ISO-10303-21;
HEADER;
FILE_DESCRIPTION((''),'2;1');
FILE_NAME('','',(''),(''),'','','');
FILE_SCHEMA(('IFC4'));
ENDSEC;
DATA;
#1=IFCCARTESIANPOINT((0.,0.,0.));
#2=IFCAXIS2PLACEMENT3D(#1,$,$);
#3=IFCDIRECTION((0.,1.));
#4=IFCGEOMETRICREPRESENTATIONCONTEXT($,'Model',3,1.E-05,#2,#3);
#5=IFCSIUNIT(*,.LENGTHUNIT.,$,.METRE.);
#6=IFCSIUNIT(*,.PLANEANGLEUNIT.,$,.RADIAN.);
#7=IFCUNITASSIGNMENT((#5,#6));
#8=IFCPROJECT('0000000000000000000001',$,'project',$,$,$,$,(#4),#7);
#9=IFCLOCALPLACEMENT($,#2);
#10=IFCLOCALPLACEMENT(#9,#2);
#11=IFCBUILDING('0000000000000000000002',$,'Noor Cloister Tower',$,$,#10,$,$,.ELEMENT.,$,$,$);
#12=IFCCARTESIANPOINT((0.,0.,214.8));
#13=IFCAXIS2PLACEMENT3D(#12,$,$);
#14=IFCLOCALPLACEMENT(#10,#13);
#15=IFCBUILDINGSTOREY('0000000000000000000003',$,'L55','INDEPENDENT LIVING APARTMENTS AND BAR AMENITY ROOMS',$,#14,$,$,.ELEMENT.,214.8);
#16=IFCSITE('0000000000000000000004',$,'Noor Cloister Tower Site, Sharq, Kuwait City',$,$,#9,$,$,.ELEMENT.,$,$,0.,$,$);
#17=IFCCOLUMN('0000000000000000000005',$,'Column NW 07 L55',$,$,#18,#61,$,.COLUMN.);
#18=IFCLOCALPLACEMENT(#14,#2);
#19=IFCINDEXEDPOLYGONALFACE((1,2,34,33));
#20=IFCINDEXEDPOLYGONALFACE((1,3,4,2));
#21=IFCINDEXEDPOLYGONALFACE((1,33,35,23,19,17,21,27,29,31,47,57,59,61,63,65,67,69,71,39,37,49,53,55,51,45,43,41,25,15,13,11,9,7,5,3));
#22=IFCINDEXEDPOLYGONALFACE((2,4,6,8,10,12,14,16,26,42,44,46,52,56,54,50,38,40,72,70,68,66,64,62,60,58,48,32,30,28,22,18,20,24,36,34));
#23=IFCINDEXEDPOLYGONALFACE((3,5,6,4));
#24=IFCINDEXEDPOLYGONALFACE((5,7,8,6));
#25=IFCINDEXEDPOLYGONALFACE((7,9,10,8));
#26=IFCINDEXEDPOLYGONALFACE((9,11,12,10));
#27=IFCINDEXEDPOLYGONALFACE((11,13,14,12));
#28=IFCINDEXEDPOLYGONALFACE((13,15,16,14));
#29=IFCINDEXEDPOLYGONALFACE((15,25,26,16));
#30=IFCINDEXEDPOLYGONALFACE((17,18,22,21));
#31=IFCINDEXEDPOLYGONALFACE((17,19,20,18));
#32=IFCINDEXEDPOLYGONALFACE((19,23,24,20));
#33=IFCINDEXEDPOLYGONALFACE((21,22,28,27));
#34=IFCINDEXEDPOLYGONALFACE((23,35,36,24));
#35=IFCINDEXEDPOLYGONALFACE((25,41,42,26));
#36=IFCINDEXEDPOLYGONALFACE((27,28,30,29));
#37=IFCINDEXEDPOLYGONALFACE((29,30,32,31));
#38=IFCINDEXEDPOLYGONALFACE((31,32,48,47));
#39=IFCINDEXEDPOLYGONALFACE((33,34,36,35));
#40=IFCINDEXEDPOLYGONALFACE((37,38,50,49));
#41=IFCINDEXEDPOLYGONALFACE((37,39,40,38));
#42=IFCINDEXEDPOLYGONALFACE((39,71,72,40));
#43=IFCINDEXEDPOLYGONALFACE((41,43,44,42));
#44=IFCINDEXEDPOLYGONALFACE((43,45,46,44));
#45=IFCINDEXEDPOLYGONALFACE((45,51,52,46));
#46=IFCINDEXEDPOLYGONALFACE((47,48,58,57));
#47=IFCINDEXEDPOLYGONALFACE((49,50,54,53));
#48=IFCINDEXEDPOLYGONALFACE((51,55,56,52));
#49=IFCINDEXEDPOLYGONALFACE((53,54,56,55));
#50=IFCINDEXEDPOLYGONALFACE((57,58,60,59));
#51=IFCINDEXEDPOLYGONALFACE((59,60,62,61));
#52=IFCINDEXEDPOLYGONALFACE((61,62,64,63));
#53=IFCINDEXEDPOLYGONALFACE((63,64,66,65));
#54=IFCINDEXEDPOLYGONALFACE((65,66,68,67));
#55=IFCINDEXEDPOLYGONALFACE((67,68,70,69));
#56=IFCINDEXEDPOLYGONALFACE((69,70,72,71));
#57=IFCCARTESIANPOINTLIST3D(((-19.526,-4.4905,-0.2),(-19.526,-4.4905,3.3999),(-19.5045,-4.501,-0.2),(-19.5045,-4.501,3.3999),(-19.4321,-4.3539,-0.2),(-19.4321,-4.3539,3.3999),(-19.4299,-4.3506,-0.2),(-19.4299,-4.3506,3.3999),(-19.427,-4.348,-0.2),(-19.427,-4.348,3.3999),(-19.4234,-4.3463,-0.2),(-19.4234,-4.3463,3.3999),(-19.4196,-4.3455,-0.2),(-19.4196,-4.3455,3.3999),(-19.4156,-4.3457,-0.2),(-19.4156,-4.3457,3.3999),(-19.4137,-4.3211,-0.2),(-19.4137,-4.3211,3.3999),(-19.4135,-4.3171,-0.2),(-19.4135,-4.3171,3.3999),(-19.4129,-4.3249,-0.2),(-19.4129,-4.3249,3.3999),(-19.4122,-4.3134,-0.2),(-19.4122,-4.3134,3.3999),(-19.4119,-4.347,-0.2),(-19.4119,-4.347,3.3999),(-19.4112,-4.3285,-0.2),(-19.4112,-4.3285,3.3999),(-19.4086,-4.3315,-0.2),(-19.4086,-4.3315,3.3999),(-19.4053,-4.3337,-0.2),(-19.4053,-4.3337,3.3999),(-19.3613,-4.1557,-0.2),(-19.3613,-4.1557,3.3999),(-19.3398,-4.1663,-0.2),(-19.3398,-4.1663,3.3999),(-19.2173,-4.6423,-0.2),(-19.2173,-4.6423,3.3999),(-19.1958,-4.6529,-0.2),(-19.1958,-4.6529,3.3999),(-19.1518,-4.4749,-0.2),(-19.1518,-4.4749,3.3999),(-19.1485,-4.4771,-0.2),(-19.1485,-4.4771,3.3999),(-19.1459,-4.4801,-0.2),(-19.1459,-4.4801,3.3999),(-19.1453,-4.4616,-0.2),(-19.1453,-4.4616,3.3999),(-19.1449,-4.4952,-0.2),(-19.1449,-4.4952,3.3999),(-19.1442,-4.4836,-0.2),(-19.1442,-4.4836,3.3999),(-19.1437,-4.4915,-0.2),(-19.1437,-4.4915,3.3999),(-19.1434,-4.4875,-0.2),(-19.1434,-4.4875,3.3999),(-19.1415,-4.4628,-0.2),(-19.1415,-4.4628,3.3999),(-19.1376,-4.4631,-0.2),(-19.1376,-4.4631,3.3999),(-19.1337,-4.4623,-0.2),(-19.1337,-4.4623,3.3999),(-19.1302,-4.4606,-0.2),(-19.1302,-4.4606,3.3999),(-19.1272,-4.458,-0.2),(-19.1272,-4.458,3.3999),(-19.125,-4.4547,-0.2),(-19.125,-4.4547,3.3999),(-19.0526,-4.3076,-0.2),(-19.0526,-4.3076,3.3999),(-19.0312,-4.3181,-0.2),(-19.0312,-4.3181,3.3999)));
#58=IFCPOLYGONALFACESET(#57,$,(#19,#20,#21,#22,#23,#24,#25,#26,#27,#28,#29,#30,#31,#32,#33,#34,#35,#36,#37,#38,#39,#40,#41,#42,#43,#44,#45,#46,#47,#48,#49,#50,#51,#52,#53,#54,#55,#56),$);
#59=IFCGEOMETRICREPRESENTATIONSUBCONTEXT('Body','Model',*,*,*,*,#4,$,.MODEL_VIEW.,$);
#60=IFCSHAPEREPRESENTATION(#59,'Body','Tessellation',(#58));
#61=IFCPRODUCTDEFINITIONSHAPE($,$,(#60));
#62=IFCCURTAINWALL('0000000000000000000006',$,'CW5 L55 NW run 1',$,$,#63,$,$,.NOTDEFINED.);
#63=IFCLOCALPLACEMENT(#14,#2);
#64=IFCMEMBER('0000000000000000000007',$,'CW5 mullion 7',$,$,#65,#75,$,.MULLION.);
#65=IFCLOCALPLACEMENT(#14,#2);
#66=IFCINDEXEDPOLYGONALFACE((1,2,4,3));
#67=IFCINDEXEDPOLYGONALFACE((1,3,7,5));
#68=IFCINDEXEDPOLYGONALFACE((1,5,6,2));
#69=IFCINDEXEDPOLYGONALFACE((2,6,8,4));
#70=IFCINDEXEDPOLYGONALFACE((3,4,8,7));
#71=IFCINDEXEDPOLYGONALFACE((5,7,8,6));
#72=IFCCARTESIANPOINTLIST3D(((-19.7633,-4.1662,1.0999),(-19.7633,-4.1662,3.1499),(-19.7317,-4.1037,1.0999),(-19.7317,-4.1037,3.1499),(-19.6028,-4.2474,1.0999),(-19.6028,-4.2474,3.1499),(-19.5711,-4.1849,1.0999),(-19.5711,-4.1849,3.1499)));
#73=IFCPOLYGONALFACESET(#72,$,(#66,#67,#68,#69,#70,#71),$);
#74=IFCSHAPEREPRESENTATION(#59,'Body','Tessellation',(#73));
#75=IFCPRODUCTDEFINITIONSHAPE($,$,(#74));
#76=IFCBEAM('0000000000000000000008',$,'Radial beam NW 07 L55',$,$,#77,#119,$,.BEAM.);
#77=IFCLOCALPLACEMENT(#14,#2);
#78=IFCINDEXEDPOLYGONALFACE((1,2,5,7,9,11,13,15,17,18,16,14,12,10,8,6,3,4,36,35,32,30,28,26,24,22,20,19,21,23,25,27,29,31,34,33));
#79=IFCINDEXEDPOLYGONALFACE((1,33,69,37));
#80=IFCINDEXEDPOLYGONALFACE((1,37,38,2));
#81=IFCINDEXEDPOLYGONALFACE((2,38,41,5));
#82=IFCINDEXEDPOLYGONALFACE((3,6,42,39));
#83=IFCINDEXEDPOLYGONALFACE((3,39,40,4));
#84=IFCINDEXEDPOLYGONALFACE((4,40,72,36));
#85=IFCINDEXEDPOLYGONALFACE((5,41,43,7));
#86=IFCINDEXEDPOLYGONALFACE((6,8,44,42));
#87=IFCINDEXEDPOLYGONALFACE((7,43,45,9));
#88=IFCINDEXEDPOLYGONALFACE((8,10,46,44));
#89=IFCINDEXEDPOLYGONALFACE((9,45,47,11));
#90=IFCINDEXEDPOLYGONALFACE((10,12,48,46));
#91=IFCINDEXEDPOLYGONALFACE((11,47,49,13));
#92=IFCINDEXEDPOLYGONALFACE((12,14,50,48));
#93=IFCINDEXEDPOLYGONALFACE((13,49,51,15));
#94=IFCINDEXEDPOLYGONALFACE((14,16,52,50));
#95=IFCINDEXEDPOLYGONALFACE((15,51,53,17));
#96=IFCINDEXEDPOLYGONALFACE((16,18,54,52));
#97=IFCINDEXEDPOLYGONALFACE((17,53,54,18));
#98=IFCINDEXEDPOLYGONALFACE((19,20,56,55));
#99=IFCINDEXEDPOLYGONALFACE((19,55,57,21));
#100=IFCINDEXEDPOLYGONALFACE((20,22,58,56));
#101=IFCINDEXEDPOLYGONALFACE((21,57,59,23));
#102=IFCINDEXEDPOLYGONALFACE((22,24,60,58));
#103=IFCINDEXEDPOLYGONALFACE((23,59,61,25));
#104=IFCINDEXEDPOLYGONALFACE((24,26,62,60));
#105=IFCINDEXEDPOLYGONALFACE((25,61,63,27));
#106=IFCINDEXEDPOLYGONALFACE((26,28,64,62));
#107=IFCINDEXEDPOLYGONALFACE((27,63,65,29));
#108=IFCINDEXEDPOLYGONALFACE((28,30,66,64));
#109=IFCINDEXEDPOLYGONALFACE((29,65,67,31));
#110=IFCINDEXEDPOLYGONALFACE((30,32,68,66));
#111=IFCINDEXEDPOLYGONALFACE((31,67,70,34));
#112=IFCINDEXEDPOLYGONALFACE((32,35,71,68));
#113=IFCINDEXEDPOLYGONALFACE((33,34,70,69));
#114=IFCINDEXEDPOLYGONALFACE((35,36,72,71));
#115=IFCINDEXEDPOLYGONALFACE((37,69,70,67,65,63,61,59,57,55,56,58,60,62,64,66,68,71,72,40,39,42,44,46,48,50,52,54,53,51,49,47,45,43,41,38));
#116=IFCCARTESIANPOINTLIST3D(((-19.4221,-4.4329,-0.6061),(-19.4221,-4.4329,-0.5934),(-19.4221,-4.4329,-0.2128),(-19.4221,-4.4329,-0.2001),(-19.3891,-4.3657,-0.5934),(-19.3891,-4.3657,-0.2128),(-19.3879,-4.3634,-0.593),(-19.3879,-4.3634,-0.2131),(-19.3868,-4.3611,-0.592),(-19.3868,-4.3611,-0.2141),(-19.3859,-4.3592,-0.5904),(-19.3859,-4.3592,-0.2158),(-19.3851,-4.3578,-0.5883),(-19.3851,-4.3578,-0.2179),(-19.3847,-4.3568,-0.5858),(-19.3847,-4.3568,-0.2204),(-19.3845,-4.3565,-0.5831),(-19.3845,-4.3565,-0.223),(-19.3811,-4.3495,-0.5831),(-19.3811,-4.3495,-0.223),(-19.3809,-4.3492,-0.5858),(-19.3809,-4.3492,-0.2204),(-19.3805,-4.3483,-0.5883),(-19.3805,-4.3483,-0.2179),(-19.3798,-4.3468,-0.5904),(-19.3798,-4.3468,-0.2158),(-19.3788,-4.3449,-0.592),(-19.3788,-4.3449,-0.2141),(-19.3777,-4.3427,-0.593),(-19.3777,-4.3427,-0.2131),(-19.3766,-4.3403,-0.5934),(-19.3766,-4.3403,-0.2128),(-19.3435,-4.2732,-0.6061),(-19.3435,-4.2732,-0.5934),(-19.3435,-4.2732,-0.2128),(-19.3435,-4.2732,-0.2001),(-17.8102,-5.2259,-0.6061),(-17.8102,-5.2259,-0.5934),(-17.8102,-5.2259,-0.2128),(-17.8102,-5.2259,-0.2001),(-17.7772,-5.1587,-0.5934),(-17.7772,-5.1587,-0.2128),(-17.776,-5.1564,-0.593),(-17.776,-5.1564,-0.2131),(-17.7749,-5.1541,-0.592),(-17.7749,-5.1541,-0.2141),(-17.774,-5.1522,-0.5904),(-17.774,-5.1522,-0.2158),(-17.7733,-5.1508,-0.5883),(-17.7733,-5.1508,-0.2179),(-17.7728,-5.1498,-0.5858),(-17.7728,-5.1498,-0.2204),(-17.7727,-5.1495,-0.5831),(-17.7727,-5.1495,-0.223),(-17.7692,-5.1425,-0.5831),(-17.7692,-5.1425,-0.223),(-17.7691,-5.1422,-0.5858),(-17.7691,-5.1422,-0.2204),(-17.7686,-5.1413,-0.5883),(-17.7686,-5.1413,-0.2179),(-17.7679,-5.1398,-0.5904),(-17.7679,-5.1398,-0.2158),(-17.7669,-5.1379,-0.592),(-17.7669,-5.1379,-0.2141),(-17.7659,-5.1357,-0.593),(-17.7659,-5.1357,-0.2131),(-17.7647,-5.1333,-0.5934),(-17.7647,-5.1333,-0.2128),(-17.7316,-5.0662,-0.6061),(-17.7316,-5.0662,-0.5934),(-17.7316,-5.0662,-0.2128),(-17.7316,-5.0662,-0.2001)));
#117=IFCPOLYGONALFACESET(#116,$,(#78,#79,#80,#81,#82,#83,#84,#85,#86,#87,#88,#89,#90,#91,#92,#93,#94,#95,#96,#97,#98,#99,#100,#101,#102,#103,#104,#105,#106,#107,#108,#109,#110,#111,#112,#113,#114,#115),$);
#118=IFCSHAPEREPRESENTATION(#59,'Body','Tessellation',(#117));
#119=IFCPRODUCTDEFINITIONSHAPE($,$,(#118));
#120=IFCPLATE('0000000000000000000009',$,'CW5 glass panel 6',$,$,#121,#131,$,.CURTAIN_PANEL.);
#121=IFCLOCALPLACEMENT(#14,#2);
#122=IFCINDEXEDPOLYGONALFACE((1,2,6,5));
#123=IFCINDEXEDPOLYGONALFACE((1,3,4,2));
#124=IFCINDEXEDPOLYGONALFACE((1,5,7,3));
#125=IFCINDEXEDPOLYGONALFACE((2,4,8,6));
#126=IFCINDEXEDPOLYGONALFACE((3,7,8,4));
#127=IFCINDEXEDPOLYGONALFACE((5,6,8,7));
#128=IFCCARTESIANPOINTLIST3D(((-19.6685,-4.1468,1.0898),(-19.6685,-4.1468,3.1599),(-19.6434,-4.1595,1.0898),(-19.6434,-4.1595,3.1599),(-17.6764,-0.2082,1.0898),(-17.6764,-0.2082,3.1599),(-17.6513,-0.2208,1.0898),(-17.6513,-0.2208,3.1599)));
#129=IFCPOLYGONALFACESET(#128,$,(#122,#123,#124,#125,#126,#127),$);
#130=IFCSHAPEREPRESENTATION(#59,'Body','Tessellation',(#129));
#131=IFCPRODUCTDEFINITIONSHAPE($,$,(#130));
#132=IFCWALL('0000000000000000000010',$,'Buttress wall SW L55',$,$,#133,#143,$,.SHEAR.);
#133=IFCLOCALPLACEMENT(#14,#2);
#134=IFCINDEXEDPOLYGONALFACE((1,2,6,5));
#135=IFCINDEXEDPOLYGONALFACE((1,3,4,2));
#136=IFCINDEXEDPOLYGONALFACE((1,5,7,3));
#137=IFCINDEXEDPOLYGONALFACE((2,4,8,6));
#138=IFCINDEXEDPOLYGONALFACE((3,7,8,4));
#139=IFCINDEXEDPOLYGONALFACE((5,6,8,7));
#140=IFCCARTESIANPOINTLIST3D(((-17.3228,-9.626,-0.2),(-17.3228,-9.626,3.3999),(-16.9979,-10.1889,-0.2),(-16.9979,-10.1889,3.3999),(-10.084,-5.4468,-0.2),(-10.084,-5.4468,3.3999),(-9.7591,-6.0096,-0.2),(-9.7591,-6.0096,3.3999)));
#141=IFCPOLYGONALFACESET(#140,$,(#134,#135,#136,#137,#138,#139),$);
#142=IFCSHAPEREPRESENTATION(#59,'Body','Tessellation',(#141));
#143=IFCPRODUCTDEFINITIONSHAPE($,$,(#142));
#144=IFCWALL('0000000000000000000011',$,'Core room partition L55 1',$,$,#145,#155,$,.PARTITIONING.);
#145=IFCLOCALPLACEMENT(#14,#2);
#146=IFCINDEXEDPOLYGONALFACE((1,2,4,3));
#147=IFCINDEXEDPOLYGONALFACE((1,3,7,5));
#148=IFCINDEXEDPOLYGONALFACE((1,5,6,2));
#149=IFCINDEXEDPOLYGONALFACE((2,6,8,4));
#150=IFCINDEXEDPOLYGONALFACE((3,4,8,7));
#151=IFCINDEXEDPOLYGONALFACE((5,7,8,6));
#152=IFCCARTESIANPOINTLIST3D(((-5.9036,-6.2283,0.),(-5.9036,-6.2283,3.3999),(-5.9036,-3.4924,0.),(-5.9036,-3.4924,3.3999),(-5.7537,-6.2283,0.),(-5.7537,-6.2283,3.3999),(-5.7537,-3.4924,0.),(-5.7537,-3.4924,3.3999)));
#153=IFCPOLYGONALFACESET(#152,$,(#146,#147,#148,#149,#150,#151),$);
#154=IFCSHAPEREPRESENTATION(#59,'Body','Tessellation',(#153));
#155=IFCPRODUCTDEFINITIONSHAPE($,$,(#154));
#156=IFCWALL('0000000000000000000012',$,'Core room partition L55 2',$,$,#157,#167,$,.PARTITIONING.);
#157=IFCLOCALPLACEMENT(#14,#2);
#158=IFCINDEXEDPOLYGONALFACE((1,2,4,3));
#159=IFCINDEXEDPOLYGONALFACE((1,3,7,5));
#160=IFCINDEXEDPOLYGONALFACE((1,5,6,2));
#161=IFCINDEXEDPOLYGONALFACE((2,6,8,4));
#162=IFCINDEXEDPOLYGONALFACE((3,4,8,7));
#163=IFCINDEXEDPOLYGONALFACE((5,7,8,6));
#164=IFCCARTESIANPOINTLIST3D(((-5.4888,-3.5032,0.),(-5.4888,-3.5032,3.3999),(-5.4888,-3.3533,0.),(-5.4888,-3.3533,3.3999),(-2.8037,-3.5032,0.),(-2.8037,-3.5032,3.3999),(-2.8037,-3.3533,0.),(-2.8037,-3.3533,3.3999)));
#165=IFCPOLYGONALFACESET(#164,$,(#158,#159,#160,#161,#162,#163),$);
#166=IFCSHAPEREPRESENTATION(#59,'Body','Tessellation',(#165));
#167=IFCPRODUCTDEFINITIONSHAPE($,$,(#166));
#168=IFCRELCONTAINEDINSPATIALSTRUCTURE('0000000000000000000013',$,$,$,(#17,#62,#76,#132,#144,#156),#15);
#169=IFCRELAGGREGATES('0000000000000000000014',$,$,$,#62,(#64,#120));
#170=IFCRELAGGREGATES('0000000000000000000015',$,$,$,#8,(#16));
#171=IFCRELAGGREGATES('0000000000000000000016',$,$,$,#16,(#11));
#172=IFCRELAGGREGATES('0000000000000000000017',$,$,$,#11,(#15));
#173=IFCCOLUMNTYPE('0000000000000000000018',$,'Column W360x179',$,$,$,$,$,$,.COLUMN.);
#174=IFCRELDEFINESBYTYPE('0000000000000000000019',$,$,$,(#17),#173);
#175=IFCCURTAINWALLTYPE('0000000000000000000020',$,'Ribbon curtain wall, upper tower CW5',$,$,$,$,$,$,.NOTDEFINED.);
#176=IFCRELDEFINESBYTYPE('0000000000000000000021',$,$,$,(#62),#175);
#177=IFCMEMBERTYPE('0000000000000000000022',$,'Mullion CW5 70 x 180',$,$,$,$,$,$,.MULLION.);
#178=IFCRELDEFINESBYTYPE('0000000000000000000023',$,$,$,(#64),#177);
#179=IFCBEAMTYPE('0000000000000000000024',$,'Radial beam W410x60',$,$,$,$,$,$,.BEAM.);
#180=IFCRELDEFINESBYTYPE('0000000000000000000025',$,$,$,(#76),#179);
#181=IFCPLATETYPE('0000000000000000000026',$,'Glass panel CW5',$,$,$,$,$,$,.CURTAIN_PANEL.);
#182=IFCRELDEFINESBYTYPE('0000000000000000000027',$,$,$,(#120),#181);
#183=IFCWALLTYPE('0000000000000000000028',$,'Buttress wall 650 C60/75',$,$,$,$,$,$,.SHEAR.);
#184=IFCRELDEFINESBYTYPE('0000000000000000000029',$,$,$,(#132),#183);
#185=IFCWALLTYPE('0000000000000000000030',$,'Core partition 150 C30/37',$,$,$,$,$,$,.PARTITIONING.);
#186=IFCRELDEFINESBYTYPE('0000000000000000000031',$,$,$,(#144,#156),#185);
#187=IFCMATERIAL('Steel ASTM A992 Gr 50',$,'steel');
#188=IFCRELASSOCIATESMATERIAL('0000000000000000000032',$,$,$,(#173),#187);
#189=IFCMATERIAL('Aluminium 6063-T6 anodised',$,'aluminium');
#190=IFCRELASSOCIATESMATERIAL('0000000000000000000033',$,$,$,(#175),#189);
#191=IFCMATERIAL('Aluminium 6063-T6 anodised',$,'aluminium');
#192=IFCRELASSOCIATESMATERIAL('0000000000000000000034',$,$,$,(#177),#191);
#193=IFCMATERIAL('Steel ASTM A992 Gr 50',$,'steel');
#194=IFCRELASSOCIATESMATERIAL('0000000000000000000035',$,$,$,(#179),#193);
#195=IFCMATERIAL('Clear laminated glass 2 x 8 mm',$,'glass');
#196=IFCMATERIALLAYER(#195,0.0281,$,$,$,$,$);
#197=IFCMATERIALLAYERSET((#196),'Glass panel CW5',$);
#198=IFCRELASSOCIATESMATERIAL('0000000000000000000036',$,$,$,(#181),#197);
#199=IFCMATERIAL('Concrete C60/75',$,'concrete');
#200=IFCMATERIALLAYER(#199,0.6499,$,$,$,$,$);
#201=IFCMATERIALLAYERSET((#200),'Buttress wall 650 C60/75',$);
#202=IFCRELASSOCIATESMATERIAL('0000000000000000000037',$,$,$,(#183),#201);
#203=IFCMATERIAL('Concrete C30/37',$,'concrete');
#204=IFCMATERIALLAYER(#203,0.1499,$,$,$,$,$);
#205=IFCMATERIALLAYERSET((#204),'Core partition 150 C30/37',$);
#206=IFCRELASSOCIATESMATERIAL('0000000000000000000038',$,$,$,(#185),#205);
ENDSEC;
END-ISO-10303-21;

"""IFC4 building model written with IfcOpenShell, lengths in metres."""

from ifc_helpers import new_model, si_unit, direction, frame, frame_2d, origin, origin_2d, place, context, subcontext, project, spatial, rectangle, i_section, extrude, material, layer, layer_set, material_profile, profile_set, type_object, element, aggregate, save


model = new_model("IFC4")

# Units and contexts
model_context = context("Model", 3, precision=1e-05, world=origin(), true_north=direction((0.0, 1.0)))
body_context = subcontext(model_context, "Body", "Model", "MODEL_VIEW")
ifc_project = project(units=[si_unit("LENGTHUNIT", "METRE"), si_unit("PLANEANGLEUNIT", "RADIAN")], contexts=[model_context])

# Site, building, storey
site_placement = place(None, origin())
site = spatial("IfcSite", under=ifc_project, at=site_placement, Name="Noor Cloister Tower Site, Sharq, Kuwait City", CompositionType="ELEMENT", RefElevation=0.0)
building_placement = place(site_placement, origin())
building = spatial("IfcBuilding", under=site, at=building_placement, Name="Noor Cloister Tower", CompositionType="ELEMENT")
storey_placement = place(building_placement, frame((0.0, 0.0, 214.8)))
storey = spatial("IfcBuildingStorey", under=building, at=storey_placement, Name="L55", Description="INDEPENDENT LIVING APARTMENTS AND BAR AMENITY ROOMS", CompositionType="ELEMENT", Elevation=214.8)

# Column
ifc_material_1 = material(Name="Steel ASTM A992 Gr 50", Category="steel")
ifc_material_profile_1 = material_profile(ifc_material_1, i_section(OverallWidth=0.373, OverallDepth=0.3679, WebThickness=0.0149, FlangeThickness=0.0239, FilletRadius=0.0151, at=origin_2d()), Name="W360x179")
ifc_profile_set_1 = profile_set([ifc_material_profile_1], Name="Steel ASTM A992 Gr 50")
column_type = type_object("IfcColumnType", Name="Column W360x179", PredefinedType="COLUMN", material=ifc_profile_set_1)
column_placement = place(storey_placement, frame((-19.2786, -4.4043, -0.2), z_axis=(0.0, 0.0, 1.0), x_axis=(-0.441436, -0.897293, 0.0)))
element("IfcColumn", 1, at=column_placement, inside=storey, type_object=column_type, Name="Column NW 07 L55", PredefinedType="COLUMN", context=body_context, shape_type="SweptSolid", body=[
    extrude(i_section(OverallWidth=0.373, OverallDepth=0.3679, WebThickness=0.0149, FlangeThickness=0.0239, FilletRadius=0.0151, at=origin_2d()), origin(), (0.0, 0.0, 1.0), 3.5999),
])

# Curtain wall, member
ifc_material_2 = material(Name="Aluminium 6063-T6 anodised", Category="aluminium")
curtain_wall_type = type_object("IfcCurtainWallType", Name="Ribbon curtain wall, upper tower CW5", PredefinedType="NOTDEFINED", material=ifc_material_2)
curtain_wall_placement = place(storey_placement, origin())
curtain_wall = element("IfcCurtainWall", 2, at=curtain_wall_placement, inside=storey, type_object=curtain_wall_type, Name="CW5 L55 NW run 1", PredefinedType="NOTDEFINED")
ifc_material_3 = material(Name="Aluminium 6063-T6 anodised", Category="aluminium")
ifc_material_profile_2 = material_profile(ifc_material_3, rectangle(XDim=0.1799, YDim=0.0701, at=origin_2d()), Name="180 x 70 mullion")
ifc_profile_set_2 = profile_set([ifc_material_profile_2], Name="Aluminium 6063-T6 anodised")
member_type = type_object("IfcMemberType", Name="Mullion CW5 70 x 180", PredefinedType="MULLION", material=ifc_profile_set_2)
member_placement = place(storey_placement, frame((-19.6672, -4.1755, 1.0999), z_axis=(0.0, 0.0, 1.0), x_axis=(0.892353, -0.451339, 0.0)))
member = element("IfcMember", 3, at=member_placement, type_object=member_type, Name="CW5 mullion 7", PredefinedType="MULLION", context=body_context, shape_type="SweptSolid", body=[
    extrude(rectangle(XDim=0.1799, YDim=0.0701, at=origin_2d()), origin(), (0.0, 0.0, 1.0), 2.05),
])

# Beam
ifc_material_4 = material(Name="Steel ASTM A992 Gr 50", Category="steel")
ifc_material_profile_3 = material_profile(ifc_material_4, i_section(OverallWidth=0.178, OverallDepth=0.406, WebThickness=0.0078, FlangeThickness=0.0127, FilletRadius=0.0103, at=origin_2d()), Name="W410x60")
ifc_profile_set_3 = profile_set([ifc_material_profile_3], Name="Steel ASTM A992 Gr 50")
beam_type = type_object("IfcBeamType", Name="Radial beam W410x60", PredefinedType="BEAM", material=ifc_profile_set_3)
beam_placement = place(storey_placement, frame((-19.3828, -4.353, -0.4031), z_axis=(0.89729, -0.441442, 0.0), x_axis=(0.441442, 0.89729, 0.0)))
element("IfcBeam", 4, at=beam_placement, inside=storey, type_object=beam_type, Name="Radial beam NW 07 L55", PredefinedType="BEAM", context=body_context, shape_type="SweptSolid", body=[
    extrude(i_section(OverallWidth=0.178, OverallDepth=0.406, WebThickness=0.0078, FlangeThickness=0.0127, FilletRadius=0.0103, at=origin_2d()), origin(), (0.0, 0.0, 1.0), 1.7964),
])

# Plate
ifc_material_5 = material(Name="Clear laminated glass 2 x 8 mm", Category="glass")
ifc_layer_1 = layer(ifc_material_5, 0.0281)
ifc_layer_set_1 = layer_set([ifc_layer_1], Name="Glass panel CW5")
plate_type = type_object("IfcPlateType", Name="Glass panel CW5", PredefinedType="CURTAIN_PANEL", material=ifc_layer_set_1)
plate_placement = place(storey_placement, frame((-18.6599, -2.1838, 1.0898), z_axis=(0.0, 0.0, 1.0), x_axis=(-0.451339, -0.892353, 0.0)))
plate = element("IfcPlate", 5, at=plate_placement, type_object=plate_type, Name="CW5 glass panel 6", PredefinedType="CURTAIN_PANEL", context=body_context, shape_type="SweptSolid", body=[
    extrude(rectangle(XDim=4.4138, YDim=0.0281, at=origin_2d()), origin(), (0.0, 0.0, 1.0), 2.0701),
])
aggregate(curtain_wall, [member, plate])

# Walls
ifc_material_6 = material(Name="Concrete C60/75", Category="concrete")
ifc_layer_2 = layer(ifc_material_6, 0.6499)
ifc_layer_set_2 = layer_set([ifc_layer_2], Name="Buttress wall 650 C60/75")
wall_type_1 = type_object("IfcWallType", Name="Buttress wall 650 C60/75", PredefinedType="SHEAR", material=ifc_layer_set_2)
wall_1_placement = place(storey_placement, frame((-9.9216, -5.7283, -0.2), z_axis=(0.0, 0.0, 1.0), x_axis=(-0.866031, -0.49999, 0.0)))
element("IfcWall", 6, at=wall_1_placement, inside=storey, type_object=wall_type_1, Name="Buttress wall SW L55", PredefinedType="SHEAR", context=body_context, shape_type="SweptSolid", body=[
    extrude(rectangle(XDim=8.3586, YDim=0.6499, at=frame_2d((4.1792, 0.0))), origin(), (0.0, 0.0, 1.0), 3.5999),
])
ifc_material_7 = material(Name="Concrete C30/37", Category="concrete")
ifc_layer_3 = layer(ifc_material_7, 0.1499)
ifc_layer_set_3 = layer_set([ifc_layer_3], Name="Core partition 150 C30/37")
wall_type_2 = type_object("IfcWallType", Name="Core partition 150 C30/37", PredefinedType="PARTITIONING", material=ifc_layer_set_3)
wall_2_placement = place(storey_placement, frame((-5.8286, -3.4924, 0.0), z_axis=(0.0, 0.0, 1.0), x_axis=(0.0, -1.0, 0.0)))
element("IfcWall", 7, at=wall_2_placement, inside=storey, type_object=wall_type_2, Name="Core room partition L55 1", PredefinedType="PARTITIONING", context=body_context, shape_type="SweptSolid", body=[
    extrude(rectangle(XDim=2.7358, YDim=0.1499, at=frame_2d((1.3679, 0.0))), origin(), (0.0, 0.0, 1.0), 3.3999),
])
wall_3_placement = place(storey_placement, frame((-5.4888, -3.4282, 0.0), z_axis=(0.0, 0.0, 1.0), x_axis=(1.0, 0.0, 0.0)))
element("IfcWall", 8, at=wall_3_placement, inside=storey, type_object=wall_type_2, Name="Core room partition L55 2", PredefinedType="PARTITIONING", context=body_context, shape_type="SweptSolid", body=[
    extrude(rectangle(XDim=2.6851, YDim=0.1499, at=frame_2d((1.3425, 0.0))), origin(), (0.0, 0.0, 1.0), 3.3999),
])

save(model, "model.ifc")
